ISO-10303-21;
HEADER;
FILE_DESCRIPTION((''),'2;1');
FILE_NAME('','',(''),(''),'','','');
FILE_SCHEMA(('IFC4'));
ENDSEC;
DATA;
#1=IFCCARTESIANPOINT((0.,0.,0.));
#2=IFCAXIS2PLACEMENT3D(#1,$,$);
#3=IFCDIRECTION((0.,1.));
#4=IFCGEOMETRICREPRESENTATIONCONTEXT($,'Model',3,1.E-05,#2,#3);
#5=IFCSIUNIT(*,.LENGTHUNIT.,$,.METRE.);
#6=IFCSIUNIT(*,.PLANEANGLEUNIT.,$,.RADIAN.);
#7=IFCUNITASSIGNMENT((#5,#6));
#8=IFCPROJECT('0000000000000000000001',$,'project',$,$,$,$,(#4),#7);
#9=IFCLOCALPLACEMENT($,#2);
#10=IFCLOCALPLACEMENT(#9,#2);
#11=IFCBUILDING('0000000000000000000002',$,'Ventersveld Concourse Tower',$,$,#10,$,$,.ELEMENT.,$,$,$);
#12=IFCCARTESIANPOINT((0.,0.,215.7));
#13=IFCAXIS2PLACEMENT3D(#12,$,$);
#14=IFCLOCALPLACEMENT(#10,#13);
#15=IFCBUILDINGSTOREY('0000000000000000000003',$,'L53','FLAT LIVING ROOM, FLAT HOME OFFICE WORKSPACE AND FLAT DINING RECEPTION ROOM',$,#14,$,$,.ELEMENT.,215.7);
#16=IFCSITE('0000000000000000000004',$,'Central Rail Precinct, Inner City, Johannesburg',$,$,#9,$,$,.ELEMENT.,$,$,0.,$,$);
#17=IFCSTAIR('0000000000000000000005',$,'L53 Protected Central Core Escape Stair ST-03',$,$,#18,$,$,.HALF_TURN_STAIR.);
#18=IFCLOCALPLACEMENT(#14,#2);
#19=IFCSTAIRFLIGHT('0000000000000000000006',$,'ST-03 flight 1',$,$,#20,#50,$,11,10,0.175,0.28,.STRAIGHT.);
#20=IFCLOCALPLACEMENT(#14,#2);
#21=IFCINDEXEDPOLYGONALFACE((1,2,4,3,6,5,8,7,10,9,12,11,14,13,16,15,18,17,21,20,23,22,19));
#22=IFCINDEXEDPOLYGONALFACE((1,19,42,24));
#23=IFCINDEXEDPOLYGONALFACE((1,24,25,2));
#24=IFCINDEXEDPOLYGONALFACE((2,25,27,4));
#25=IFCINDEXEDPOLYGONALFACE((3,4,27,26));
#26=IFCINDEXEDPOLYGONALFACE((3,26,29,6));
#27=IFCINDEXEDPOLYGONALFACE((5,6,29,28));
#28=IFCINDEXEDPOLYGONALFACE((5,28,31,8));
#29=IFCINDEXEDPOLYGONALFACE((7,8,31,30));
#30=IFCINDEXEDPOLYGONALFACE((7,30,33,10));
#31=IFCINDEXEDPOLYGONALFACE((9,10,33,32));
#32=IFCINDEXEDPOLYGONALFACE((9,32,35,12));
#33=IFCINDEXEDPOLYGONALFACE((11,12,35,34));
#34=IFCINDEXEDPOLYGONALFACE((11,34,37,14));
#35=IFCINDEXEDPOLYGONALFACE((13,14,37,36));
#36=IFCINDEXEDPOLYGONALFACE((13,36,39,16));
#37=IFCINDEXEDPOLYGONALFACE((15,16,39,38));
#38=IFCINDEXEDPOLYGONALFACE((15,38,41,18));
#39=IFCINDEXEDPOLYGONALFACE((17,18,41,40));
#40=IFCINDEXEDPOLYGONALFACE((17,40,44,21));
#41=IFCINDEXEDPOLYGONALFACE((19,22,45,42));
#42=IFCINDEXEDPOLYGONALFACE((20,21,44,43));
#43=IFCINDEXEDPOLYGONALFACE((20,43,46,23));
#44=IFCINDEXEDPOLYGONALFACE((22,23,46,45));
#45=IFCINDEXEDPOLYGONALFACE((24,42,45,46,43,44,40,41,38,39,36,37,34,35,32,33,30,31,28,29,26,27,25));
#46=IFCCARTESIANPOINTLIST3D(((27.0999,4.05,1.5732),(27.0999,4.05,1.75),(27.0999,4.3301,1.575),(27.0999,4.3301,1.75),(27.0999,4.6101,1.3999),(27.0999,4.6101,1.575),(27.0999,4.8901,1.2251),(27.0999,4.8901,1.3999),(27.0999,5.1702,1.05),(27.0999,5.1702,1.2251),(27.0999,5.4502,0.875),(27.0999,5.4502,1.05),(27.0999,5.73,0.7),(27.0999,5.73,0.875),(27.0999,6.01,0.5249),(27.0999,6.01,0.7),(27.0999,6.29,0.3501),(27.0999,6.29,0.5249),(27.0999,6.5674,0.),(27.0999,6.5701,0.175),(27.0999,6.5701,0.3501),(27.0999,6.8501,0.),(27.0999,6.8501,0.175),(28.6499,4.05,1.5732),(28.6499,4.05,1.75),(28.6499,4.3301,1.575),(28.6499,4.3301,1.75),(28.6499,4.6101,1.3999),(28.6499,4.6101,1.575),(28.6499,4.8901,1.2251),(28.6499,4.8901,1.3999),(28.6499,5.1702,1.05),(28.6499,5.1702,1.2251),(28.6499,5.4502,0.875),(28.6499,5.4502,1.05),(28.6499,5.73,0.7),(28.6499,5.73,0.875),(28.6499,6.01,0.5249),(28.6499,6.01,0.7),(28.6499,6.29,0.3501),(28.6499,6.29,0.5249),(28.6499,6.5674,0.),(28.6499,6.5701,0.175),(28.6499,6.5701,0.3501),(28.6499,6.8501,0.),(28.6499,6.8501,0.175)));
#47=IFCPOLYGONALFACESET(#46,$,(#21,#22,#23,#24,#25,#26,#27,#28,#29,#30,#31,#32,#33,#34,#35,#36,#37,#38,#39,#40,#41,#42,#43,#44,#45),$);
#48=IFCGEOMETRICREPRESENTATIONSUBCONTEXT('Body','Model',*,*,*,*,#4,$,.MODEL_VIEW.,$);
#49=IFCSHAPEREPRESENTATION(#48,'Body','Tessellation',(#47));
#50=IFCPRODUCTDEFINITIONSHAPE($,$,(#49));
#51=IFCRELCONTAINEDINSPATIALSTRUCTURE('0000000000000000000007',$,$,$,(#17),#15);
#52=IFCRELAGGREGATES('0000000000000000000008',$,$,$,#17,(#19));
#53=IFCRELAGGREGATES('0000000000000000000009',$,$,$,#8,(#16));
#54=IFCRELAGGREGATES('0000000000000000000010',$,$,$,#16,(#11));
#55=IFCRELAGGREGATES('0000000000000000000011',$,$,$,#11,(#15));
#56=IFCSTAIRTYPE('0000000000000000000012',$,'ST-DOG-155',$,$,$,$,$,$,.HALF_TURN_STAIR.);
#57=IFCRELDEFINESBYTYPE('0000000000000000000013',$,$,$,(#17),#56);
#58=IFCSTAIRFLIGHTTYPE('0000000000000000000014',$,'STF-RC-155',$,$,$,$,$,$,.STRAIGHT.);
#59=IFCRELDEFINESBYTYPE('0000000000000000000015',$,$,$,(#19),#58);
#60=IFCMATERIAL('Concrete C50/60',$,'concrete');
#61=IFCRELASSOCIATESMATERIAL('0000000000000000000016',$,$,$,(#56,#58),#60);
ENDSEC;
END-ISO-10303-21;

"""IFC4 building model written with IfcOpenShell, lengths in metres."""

from ifc_helpers import new_model, si_unit, direction, frame, origin, place, context, subcontext, project, spatial, polyline, outline, extrude, material, type_object, element, aggregate, save


model = new_model("IFC4")

# Units and contexts
model_context = context("Model", 3, precision=1e-05, world=origin(), true_north=direction((0.0, 1.0)))
body_context = subcontext(model_context, "Body", "Model", "MODEL_VIEW")
ifc_project = project(units=[si_unit("LENGTHUNIT", "METRE"), si_unit("PLANEANGLEUNIT", "RADIAN")], contexts=[model_context])

# Site, building, storey
site_placement = place(None, origin())
site = spatial("IfcSite", under=ifc_project, at=site_placement, Name="Central Rail Precinct, Inner City, Johannesburg", CompositionType="ELEMENT", RefElevation=0.0)
building_placement = place(site_placement, origin())
building = spatial("IfcBuilding", under=site, at=building_placement, Name="Ventersveld Concourse Tower", CompositionType="ELEMENT")
storey_placement = place(building_placement, frame((0.0, 0.0, 215.7)))
storey = spatial("IfcBuildingStorey", under=building, at=storey_placement, Name="L53", Description="FLAT LIVING ROOM, FLAT HOME OFFICE WORKSPACE AND FLAT DINING RECEPTION ROOM", CompositionType="ELEMENT", Elevation=215.7)

# Shared definitions
ifc_material_1 = material(Name="Concrete C50/60", Category="concrete")

# Stair, stair flight
stair_type = type_object("IfcStairType", Name="ST-DOG-155", PredefinedType="HALF_TURN_STAIR", material=ifc_material_1)
stair_placement = place(storey_placement, origin())
stair = element("IfcStair", 1, at=stair_placement, inside=storey, type_object=stair_type, Name="L53 Protected Central Core Escape Stair ST-03", PredefinedType="HALF_TURN_STAIR")
stair_flight_type = type_object("IfcStairFlightType", Name="STF-RC-155", PredefinedType="STRAIGHT", material=ifc_material_1)
stair_flight_placement = place(storey_placement, frame((27.875, 6.8501, 0.0), z_axis=(0.0, 0.0, 1.0), x_axis=(0.0, -1.0, 0.0)))
stair_flight = element("IfcStairFlight", 2, at=stair_flight_placement, type_object=stair_flight_type, Name="ST-03 flight 1", NumberOfRisers=11, NumberOfTreads=10, PredefinedType="STRAIGHT", RiserHeight=0.175, TreadLength=0.28, context=body_context, shape_type="SweptSolid", body=[
    extrude(outline(polyline([(0.0, 0.0), (0.0, 0.175), (0.28, 0.175), (0.28, 0.3501), (0.5601, 0.3501), (0.5601, 0.5249), (0.8401, 0.5249), (0.8401, 0.7), (1.1201, 0.7), (1.1201, 0.875), (1.3999, 0.875), (1.3999, 1.05), (1.6799, 1.05), (1.6799, 1.2251), (1.96, 1.2251), (1.96, 1.3999), (2.24, 1.3999), (2.24, 1.575), (2.52, 1.575), (2.52, 1.75), (2.8, 1.75), (2.8, 1.925), (2.8, 1.5732), (0.2827, 0.0), (0.0, 0.0)])), frame((0.0, 0.7749, 0.0), z_axis=(0.0, -1.0, 0.0), x_axis=(1.0, 0.0, 0.0)), (0.0, 0.0, 1.0), 1.55),
])
aggregate(stair, [stair_flight])

save(model, "model.ifc")
